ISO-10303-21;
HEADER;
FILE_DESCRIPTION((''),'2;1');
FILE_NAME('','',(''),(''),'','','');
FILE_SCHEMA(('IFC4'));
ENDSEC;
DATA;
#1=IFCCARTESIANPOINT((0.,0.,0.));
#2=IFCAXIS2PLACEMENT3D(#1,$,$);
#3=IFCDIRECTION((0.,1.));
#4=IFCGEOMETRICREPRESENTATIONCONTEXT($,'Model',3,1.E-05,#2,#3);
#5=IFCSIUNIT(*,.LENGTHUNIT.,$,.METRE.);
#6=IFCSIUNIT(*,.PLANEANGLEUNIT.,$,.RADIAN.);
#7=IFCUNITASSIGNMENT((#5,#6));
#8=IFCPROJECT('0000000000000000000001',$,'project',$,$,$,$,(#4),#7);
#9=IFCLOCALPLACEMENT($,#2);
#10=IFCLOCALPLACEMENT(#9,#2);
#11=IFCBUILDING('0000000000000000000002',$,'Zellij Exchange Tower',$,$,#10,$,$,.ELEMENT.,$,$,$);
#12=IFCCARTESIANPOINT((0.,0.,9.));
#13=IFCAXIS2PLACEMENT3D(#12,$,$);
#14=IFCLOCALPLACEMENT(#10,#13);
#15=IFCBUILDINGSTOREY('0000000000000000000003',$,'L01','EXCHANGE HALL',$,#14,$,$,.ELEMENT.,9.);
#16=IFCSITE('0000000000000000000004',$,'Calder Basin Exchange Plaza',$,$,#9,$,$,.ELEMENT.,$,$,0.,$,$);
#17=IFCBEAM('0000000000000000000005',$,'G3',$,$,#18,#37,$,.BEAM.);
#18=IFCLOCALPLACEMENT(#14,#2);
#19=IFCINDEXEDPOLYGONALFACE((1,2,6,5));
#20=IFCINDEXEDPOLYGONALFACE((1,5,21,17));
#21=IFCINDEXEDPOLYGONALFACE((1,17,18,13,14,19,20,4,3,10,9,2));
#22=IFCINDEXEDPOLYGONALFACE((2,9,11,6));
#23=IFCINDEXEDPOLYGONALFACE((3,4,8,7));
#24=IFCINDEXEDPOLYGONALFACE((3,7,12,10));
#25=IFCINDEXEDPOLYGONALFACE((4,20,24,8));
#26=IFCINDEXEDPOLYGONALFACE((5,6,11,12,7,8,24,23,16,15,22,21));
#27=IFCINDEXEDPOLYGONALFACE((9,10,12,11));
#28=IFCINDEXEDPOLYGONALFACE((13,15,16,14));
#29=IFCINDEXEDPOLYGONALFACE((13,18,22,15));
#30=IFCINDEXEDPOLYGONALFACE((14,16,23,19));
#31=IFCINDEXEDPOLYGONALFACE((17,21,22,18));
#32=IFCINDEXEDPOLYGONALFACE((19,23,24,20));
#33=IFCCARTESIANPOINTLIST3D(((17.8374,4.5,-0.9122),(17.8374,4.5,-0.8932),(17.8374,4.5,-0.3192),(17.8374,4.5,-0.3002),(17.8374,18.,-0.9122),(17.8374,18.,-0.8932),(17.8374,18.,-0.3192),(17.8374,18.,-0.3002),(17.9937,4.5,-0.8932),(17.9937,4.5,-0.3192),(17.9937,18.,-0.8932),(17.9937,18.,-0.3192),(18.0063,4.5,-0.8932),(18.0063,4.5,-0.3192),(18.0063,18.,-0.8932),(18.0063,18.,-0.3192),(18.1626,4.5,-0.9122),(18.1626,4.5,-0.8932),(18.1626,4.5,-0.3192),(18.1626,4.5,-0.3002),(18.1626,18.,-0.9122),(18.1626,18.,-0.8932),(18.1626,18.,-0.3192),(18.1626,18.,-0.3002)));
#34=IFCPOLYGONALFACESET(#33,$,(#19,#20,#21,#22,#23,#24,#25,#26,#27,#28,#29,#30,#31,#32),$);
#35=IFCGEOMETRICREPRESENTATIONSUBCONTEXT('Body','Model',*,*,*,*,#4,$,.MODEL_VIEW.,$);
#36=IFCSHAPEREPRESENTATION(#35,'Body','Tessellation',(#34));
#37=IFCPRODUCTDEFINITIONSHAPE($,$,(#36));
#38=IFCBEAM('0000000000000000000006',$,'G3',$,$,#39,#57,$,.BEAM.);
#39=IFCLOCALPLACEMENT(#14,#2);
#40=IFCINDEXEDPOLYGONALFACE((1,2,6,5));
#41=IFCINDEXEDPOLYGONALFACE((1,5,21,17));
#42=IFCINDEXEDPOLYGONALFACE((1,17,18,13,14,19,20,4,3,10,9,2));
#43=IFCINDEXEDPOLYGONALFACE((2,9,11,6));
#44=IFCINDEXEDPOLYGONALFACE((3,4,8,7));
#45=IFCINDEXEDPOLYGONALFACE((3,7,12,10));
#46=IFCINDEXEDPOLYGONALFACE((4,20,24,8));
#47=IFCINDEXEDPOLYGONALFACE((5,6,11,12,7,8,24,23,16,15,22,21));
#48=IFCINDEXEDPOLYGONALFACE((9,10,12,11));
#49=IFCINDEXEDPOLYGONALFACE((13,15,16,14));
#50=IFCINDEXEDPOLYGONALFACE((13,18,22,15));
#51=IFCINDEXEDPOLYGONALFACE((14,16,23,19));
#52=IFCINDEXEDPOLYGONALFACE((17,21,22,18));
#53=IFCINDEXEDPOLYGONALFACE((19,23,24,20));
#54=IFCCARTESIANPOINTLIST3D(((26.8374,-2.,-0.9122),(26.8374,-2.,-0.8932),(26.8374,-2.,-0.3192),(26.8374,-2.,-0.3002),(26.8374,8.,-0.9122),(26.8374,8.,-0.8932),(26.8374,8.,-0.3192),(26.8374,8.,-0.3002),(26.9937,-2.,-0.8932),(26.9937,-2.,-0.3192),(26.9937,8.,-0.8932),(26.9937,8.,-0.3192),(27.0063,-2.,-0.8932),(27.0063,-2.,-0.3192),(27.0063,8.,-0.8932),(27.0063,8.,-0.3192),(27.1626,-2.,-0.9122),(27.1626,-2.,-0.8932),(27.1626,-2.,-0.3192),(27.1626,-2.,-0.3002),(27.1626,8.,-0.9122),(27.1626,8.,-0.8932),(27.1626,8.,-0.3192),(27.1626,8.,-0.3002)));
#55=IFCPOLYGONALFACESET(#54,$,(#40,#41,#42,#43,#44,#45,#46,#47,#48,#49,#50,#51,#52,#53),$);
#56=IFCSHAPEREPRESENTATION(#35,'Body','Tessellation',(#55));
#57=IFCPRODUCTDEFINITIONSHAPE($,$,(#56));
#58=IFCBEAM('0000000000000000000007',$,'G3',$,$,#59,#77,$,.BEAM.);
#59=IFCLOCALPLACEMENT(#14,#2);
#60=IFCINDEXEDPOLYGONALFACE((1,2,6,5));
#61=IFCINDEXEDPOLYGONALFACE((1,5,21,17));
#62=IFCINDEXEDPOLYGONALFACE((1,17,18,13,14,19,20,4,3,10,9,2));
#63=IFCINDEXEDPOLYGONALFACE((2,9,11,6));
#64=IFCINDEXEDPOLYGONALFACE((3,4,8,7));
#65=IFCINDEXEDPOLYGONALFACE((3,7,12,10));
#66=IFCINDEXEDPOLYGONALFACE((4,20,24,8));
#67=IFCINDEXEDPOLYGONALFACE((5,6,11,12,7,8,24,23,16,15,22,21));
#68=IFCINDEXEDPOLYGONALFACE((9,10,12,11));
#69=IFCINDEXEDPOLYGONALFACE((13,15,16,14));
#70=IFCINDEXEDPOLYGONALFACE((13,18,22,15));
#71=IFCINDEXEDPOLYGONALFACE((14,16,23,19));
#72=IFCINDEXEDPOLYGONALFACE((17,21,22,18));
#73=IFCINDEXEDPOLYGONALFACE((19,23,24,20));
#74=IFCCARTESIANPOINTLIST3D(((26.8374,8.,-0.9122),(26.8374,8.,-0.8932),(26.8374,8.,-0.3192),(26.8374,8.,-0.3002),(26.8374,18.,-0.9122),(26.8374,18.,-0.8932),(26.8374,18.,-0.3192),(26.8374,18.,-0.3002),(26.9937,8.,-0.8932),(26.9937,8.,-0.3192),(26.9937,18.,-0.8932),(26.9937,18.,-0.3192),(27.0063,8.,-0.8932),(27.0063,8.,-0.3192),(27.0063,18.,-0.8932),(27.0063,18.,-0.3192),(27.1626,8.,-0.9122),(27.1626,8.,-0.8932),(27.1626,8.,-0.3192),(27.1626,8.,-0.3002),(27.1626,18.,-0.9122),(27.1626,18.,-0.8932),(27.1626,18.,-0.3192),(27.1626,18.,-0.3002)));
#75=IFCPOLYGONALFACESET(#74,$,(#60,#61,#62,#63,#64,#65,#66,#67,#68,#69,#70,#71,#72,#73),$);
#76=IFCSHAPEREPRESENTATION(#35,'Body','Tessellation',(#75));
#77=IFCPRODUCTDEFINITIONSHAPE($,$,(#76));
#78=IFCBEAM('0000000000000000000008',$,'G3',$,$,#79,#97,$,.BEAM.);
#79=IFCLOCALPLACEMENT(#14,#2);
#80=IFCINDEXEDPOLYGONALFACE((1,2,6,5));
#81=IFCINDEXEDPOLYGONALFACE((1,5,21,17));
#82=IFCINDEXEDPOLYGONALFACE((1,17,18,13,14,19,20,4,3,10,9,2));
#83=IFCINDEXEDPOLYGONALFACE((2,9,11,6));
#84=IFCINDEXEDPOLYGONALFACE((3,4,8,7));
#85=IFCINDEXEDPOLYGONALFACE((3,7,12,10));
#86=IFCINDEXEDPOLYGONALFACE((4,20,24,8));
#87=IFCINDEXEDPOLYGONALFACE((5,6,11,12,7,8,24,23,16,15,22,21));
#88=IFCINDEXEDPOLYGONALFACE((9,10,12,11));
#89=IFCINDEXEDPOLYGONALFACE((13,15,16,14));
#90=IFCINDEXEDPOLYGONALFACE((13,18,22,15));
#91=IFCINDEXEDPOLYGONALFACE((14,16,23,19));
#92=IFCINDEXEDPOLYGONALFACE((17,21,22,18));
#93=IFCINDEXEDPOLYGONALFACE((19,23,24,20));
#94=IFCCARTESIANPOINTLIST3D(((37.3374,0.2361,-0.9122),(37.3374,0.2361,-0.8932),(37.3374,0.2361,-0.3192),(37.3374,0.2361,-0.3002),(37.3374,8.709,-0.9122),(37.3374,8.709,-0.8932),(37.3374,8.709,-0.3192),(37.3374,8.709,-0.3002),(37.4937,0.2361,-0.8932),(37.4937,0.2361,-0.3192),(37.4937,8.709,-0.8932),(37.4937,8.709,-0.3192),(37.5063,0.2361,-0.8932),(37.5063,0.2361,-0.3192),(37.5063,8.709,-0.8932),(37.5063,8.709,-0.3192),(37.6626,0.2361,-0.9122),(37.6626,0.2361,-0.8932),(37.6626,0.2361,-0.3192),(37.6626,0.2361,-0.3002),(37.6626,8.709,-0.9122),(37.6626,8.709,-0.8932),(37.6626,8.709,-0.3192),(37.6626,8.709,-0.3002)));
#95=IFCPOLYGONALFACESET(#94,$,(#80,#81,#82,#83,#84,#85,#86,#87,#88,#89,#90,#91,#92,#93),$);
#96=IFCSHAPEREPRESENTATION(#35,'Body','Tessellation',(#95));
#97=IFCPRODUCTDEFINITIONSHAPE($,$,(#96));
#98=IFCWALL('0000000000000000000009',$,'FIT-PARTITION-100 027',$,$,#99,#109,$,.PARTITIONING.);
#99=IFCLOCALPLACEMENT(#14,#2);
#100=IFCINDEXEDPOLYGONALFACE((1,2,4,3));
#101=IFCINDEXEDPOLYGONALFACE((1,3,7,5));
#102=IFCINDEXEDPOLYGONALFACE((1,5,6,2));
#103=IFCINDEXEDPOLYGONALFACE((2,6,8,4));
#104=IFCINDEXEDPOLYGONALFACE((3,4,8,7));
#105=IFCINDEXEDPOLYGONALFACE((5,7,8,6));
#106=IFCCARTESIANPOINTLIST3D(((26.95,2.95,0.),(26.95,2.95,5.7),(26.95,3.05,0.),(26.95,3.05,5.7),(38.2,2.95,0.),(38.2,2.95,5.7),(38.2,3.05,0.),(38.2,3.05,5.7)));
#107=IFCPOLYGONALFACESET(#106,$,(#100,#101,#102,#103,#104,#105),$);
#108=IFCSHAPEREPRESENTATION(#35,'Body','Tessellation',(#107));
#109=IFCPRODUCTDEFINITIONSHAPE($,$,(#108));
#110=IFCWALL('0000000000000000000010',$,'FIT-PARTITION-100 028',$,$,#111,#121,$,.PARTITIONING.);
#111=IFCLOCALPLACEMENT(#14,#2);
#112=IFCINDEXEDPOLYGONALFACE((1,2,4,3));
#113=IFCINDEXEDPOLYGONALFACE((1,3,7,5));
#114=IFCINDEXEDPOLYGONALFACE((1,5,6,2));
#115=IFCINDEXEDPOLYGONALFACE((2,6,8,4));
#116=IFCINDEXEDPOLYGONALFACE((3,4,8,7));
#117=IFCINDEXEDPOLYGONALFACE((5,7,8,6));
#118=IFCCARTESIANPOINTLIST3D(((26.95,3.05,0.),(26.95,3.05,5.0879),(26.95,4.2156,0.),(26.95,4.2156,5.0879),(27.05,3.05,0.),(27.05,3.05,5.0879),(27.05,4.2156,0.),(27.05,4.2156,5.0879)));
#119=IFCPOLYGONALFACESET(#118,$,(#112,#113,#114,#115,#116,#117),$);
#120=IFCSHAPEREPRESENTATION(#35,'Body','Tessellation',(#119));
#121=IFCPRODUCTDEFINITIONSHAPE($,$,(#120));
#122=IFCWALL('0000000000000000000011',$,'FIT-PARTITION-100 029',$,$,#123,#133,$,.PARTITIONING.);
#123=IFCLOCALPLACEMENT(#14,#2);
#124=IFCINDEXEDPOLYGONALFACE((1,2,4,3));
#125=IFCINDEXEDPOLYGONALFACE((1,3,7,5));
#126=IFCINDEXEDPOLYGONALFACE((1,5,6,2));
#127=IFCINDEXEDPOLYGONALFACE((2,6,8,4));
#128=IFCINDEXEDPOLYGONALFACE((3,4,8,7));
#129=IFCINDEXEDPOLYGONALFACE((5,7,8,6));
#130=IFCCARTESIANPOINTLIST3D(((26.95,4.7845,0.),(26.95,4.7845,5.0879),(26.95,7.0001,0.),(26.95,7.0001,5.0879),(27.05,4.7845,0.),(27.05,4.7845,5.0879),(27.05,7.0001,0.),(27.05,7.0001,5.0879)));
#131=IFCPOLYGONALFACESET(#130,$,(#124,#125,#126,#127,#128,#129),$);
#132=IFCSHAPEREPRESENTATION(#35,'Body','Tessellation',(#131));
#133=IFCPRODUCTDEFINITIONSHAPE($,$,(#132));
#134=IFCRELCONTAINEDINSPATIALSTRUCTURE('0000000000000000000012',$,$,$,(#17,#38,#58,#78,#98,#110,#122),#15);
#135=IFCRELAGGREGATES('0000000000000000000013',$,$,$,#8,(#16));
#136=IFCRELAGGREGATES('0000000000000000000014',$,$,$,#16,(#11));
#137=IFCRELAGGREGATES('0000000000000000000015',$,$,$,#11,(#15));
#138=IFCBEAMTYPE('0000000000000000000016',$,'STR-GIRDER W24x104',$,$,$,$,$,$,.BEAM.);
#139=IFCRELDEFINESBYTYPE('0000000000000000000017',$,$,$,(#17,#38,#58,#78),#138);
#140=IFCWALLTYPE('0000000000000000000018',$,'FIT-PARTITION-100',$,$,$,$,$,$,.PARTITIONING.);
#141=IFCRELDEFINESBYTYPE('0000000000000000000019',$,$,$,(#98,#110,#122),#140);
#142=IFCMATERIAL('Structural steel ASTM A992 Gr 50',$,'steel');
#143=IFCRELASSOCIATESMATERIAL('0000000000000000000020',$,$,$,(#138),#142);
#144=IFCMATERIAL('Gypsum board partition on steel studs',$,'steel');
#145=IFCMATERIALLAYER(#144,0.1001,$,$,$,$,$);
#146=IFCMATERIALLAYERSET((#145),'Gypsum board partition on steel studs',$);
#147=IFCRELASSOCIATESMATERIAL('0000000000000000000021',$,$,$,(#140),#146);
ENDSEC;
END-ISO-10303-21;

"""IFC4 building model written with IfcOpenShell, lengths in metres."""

from ifc_helpers import new_model, si_unit, direction, frame, frame_2d, origin, origin_2d, place, context, subcontext, project, spatial, rectangle, i_section, extrude, material, layer, layer_set, material_profile, profile_set, type_object, element, save


model = new_model("IFC4")

# Units and contexts
model_context = context("Model", 3, precision=1e-05, world=origin(), true_north=direction((0.0, 1.0)))
body_context = subcontext(model_context, "Body", "Model", "MODEL_VIEW")
ifc_project = project(units=[si_unit("LENGTHUNIT", "METRE"), si_unit("PLANEANGLEUNIT", "RADIAN")], contexts=[model_context])

# Site, building, storey
site_placement = place(None, origin())
site = spatial("IfcSite", under=ifc_project, at=site_placement, Name="Calder Basin Exchange Plaza", CompositionType="ELEMENT", RefElevation=0.0)
building_placement = place(site_placement, origin())
building = spatial("IfcBuilding", under=site, at=building_placement, Name="Zellij Exchange Tower", CompositionType="ELEMENT")
storey_placement = place(building_placement, frame((0.0, 0.0, 9.0)))
storey = spatial("IfcBuildingStorey", under=building, at=storey_placement, Name="L01", Description="EXCHANGE HALL", CompositionType="ELEMENT", Elevation=9.0)

# Beams
ifc_material_1 = material(Name="Structural steel ASTM A992 Gr 50", Category="steel")
ifc_material_profile_1 = material_profile(ifc_material_1, i_section(OverallWidth=0.3252, OverallDepth=0.6121, WebThickness=0.0127, FlangeThickness=0.019, at=origin_2d()), Name="W24x104")
ifc_profile_set_1 = profile_set([ifc_material_profile_1], Name="Structural steel ASTM A992 Gr 50")
beam_type_1 = type_object("IfcBeamType", Name="STR-GIRDER W24x104", PredefinedType="BEAM", material=ifc_profile_set_1)
beam_1_placement = place(storey_placement, frame((18.0, 4.5, -0.6062), z_axis=(0.0, 1.0, 0.0), x_axis=(-1.0, 0.0, 0.0)))
element("IfcBeam", 1, at=beam_1_placement, inside=storey, type_object=beam_type_1, Name="G3", PredefinedType="BEAM", context=body_context, shape_type="SweptSolid", body=[
    extrude(i_section(OverallWidth=0.3252, OverallDepth=0.6121, WebThickness=0.0127, FlangeThickness=0.019, at=origin_2d()), origin(), (0.0, 0.0, 1.0), 13.5),
])
for number, where, z_axis, x_axis, name in (
    (2, (27.0, -2.0, -0.6062), (0.0, 1.0, 0.0), (-1.0, 0.0, 0.0), "G3"),
    (3, (27.0, 8.0, -0.6062), (0.0, 1.0, 0.0), (-1.0, 0.0, 0.0), "G3"),
):
    element("IfcBeam", number, at=place(storey_placement, frame(where, z_axis=z_axis, x_axis=x_axis)), inside=storey, type_object=beam_type_1, Name=name, PredefinedType="BEAM", context=body_context, shape_type="SweptSolid", body=[
        extrude(i_section(OverallWidth=0.3252, OverallDepth=0.6121, WebThickness=0.0127, FlangeThickness=0.019, at=origin_2d()), origin(), (0.0, 0.0, 1.0), 10.0),
    ])
beam_2_placement = place(storey_placement, frame((37.5, 0.2361, -0.6062), z_axis=(0.0, 1.0, 0.0), x_axis=(-1.0, 0.0, 0.0)))
element("IfcBeam", 4, at=beam_2_placement, inside=storey, type_object=beam_type_1, Name="G3", PredefinedType="BEAM", context=body_context, shape_type="SweptSolid", body=[
    extrude(i_section(OverallWidth=0.3252, OverallDepth=0.6121, WebThickness=0.0127, FlangeThickness=0.019, at=origin_2d()), origin(), (0.0, 0.0, 1.0), 8.4729),
])

# Walls
ifc_material_2 = material(Name="Gypsum board partition on steel studs", Category="steel")
ifc_layer_1 = layer(ifc_material_2, 0.1001)
ifc_layer_set_1 = layer_set([ifc_layer_1], Name="Gypsum board partition on steel studs")
wall_type = type_object("IfcWallType", Name="FIT-PARTITION-100", PredefinedType="PARTITIONING", material=ifc_layer_set_1)
wall_1_placement = place(storey_placement, frame((26.95, 3.0, 0.0), z_axis=(0.0, 0.0, 1.0), x_axis=(1.0, 0.0, 0.0)))
element("IfcWall", 5, at=wall_1_placement, inside=storey, type_object=wall_type, Name="FIT-PARTITION-100 027", PredefinedType="PARTITIONING", context=body_context, shape_type="SweptSolid", body=[
    extrude(rectangle(XDim=11.25, YDim=0.1001, at=frame_2d((5.625, 0.0))), origin(), (0.0, 0.0, 1.0), 5.7),
])
wall_2_placement = place(storey_placement, frame((27.0, 3.05, 0.0), z_axis=(0.0, 0.0, 1.0), x_axis=(0.0, 1.0, 0.0)))
element("IfcWall", 6, at=wall_2_placement, inside=storey, type_object=wall_type, Name="FIT-PARTITION-100 028", PredefinedType="PARTITIONING", context=body_context, shape_type="SweptSolid", body=[
    extrude(rectangle(XDim=1.1655, YDim=0.1001, at=frame_2d((0.5828, 0.0))), origin(), (0.0, 0.0, 1.0), 5.0879),
])
wall_3_placement = place(storey_placement, frame((27.0, 4.7844, 0.0), z_axis=(0.0, 0.0, 1.0), x_axis=(0.0, 1.0, 0.0)))
element("IfcWall", 7, at=wall_3_placement, inside=storey, type_object=wall_type, Name="FIT-PARTITION-100 029", PredefinedType="PARTITIONING", context=body_context, shape_type="SweptSolid", body=[
    extrude(rectangle(XDim=2.2156, YDim=0.1001, at=frame_2d((1.1079, 0.0))), origin(), (0.0, 0.0, 1.0), 5.0879),
])

save(model, "model.ifc")
